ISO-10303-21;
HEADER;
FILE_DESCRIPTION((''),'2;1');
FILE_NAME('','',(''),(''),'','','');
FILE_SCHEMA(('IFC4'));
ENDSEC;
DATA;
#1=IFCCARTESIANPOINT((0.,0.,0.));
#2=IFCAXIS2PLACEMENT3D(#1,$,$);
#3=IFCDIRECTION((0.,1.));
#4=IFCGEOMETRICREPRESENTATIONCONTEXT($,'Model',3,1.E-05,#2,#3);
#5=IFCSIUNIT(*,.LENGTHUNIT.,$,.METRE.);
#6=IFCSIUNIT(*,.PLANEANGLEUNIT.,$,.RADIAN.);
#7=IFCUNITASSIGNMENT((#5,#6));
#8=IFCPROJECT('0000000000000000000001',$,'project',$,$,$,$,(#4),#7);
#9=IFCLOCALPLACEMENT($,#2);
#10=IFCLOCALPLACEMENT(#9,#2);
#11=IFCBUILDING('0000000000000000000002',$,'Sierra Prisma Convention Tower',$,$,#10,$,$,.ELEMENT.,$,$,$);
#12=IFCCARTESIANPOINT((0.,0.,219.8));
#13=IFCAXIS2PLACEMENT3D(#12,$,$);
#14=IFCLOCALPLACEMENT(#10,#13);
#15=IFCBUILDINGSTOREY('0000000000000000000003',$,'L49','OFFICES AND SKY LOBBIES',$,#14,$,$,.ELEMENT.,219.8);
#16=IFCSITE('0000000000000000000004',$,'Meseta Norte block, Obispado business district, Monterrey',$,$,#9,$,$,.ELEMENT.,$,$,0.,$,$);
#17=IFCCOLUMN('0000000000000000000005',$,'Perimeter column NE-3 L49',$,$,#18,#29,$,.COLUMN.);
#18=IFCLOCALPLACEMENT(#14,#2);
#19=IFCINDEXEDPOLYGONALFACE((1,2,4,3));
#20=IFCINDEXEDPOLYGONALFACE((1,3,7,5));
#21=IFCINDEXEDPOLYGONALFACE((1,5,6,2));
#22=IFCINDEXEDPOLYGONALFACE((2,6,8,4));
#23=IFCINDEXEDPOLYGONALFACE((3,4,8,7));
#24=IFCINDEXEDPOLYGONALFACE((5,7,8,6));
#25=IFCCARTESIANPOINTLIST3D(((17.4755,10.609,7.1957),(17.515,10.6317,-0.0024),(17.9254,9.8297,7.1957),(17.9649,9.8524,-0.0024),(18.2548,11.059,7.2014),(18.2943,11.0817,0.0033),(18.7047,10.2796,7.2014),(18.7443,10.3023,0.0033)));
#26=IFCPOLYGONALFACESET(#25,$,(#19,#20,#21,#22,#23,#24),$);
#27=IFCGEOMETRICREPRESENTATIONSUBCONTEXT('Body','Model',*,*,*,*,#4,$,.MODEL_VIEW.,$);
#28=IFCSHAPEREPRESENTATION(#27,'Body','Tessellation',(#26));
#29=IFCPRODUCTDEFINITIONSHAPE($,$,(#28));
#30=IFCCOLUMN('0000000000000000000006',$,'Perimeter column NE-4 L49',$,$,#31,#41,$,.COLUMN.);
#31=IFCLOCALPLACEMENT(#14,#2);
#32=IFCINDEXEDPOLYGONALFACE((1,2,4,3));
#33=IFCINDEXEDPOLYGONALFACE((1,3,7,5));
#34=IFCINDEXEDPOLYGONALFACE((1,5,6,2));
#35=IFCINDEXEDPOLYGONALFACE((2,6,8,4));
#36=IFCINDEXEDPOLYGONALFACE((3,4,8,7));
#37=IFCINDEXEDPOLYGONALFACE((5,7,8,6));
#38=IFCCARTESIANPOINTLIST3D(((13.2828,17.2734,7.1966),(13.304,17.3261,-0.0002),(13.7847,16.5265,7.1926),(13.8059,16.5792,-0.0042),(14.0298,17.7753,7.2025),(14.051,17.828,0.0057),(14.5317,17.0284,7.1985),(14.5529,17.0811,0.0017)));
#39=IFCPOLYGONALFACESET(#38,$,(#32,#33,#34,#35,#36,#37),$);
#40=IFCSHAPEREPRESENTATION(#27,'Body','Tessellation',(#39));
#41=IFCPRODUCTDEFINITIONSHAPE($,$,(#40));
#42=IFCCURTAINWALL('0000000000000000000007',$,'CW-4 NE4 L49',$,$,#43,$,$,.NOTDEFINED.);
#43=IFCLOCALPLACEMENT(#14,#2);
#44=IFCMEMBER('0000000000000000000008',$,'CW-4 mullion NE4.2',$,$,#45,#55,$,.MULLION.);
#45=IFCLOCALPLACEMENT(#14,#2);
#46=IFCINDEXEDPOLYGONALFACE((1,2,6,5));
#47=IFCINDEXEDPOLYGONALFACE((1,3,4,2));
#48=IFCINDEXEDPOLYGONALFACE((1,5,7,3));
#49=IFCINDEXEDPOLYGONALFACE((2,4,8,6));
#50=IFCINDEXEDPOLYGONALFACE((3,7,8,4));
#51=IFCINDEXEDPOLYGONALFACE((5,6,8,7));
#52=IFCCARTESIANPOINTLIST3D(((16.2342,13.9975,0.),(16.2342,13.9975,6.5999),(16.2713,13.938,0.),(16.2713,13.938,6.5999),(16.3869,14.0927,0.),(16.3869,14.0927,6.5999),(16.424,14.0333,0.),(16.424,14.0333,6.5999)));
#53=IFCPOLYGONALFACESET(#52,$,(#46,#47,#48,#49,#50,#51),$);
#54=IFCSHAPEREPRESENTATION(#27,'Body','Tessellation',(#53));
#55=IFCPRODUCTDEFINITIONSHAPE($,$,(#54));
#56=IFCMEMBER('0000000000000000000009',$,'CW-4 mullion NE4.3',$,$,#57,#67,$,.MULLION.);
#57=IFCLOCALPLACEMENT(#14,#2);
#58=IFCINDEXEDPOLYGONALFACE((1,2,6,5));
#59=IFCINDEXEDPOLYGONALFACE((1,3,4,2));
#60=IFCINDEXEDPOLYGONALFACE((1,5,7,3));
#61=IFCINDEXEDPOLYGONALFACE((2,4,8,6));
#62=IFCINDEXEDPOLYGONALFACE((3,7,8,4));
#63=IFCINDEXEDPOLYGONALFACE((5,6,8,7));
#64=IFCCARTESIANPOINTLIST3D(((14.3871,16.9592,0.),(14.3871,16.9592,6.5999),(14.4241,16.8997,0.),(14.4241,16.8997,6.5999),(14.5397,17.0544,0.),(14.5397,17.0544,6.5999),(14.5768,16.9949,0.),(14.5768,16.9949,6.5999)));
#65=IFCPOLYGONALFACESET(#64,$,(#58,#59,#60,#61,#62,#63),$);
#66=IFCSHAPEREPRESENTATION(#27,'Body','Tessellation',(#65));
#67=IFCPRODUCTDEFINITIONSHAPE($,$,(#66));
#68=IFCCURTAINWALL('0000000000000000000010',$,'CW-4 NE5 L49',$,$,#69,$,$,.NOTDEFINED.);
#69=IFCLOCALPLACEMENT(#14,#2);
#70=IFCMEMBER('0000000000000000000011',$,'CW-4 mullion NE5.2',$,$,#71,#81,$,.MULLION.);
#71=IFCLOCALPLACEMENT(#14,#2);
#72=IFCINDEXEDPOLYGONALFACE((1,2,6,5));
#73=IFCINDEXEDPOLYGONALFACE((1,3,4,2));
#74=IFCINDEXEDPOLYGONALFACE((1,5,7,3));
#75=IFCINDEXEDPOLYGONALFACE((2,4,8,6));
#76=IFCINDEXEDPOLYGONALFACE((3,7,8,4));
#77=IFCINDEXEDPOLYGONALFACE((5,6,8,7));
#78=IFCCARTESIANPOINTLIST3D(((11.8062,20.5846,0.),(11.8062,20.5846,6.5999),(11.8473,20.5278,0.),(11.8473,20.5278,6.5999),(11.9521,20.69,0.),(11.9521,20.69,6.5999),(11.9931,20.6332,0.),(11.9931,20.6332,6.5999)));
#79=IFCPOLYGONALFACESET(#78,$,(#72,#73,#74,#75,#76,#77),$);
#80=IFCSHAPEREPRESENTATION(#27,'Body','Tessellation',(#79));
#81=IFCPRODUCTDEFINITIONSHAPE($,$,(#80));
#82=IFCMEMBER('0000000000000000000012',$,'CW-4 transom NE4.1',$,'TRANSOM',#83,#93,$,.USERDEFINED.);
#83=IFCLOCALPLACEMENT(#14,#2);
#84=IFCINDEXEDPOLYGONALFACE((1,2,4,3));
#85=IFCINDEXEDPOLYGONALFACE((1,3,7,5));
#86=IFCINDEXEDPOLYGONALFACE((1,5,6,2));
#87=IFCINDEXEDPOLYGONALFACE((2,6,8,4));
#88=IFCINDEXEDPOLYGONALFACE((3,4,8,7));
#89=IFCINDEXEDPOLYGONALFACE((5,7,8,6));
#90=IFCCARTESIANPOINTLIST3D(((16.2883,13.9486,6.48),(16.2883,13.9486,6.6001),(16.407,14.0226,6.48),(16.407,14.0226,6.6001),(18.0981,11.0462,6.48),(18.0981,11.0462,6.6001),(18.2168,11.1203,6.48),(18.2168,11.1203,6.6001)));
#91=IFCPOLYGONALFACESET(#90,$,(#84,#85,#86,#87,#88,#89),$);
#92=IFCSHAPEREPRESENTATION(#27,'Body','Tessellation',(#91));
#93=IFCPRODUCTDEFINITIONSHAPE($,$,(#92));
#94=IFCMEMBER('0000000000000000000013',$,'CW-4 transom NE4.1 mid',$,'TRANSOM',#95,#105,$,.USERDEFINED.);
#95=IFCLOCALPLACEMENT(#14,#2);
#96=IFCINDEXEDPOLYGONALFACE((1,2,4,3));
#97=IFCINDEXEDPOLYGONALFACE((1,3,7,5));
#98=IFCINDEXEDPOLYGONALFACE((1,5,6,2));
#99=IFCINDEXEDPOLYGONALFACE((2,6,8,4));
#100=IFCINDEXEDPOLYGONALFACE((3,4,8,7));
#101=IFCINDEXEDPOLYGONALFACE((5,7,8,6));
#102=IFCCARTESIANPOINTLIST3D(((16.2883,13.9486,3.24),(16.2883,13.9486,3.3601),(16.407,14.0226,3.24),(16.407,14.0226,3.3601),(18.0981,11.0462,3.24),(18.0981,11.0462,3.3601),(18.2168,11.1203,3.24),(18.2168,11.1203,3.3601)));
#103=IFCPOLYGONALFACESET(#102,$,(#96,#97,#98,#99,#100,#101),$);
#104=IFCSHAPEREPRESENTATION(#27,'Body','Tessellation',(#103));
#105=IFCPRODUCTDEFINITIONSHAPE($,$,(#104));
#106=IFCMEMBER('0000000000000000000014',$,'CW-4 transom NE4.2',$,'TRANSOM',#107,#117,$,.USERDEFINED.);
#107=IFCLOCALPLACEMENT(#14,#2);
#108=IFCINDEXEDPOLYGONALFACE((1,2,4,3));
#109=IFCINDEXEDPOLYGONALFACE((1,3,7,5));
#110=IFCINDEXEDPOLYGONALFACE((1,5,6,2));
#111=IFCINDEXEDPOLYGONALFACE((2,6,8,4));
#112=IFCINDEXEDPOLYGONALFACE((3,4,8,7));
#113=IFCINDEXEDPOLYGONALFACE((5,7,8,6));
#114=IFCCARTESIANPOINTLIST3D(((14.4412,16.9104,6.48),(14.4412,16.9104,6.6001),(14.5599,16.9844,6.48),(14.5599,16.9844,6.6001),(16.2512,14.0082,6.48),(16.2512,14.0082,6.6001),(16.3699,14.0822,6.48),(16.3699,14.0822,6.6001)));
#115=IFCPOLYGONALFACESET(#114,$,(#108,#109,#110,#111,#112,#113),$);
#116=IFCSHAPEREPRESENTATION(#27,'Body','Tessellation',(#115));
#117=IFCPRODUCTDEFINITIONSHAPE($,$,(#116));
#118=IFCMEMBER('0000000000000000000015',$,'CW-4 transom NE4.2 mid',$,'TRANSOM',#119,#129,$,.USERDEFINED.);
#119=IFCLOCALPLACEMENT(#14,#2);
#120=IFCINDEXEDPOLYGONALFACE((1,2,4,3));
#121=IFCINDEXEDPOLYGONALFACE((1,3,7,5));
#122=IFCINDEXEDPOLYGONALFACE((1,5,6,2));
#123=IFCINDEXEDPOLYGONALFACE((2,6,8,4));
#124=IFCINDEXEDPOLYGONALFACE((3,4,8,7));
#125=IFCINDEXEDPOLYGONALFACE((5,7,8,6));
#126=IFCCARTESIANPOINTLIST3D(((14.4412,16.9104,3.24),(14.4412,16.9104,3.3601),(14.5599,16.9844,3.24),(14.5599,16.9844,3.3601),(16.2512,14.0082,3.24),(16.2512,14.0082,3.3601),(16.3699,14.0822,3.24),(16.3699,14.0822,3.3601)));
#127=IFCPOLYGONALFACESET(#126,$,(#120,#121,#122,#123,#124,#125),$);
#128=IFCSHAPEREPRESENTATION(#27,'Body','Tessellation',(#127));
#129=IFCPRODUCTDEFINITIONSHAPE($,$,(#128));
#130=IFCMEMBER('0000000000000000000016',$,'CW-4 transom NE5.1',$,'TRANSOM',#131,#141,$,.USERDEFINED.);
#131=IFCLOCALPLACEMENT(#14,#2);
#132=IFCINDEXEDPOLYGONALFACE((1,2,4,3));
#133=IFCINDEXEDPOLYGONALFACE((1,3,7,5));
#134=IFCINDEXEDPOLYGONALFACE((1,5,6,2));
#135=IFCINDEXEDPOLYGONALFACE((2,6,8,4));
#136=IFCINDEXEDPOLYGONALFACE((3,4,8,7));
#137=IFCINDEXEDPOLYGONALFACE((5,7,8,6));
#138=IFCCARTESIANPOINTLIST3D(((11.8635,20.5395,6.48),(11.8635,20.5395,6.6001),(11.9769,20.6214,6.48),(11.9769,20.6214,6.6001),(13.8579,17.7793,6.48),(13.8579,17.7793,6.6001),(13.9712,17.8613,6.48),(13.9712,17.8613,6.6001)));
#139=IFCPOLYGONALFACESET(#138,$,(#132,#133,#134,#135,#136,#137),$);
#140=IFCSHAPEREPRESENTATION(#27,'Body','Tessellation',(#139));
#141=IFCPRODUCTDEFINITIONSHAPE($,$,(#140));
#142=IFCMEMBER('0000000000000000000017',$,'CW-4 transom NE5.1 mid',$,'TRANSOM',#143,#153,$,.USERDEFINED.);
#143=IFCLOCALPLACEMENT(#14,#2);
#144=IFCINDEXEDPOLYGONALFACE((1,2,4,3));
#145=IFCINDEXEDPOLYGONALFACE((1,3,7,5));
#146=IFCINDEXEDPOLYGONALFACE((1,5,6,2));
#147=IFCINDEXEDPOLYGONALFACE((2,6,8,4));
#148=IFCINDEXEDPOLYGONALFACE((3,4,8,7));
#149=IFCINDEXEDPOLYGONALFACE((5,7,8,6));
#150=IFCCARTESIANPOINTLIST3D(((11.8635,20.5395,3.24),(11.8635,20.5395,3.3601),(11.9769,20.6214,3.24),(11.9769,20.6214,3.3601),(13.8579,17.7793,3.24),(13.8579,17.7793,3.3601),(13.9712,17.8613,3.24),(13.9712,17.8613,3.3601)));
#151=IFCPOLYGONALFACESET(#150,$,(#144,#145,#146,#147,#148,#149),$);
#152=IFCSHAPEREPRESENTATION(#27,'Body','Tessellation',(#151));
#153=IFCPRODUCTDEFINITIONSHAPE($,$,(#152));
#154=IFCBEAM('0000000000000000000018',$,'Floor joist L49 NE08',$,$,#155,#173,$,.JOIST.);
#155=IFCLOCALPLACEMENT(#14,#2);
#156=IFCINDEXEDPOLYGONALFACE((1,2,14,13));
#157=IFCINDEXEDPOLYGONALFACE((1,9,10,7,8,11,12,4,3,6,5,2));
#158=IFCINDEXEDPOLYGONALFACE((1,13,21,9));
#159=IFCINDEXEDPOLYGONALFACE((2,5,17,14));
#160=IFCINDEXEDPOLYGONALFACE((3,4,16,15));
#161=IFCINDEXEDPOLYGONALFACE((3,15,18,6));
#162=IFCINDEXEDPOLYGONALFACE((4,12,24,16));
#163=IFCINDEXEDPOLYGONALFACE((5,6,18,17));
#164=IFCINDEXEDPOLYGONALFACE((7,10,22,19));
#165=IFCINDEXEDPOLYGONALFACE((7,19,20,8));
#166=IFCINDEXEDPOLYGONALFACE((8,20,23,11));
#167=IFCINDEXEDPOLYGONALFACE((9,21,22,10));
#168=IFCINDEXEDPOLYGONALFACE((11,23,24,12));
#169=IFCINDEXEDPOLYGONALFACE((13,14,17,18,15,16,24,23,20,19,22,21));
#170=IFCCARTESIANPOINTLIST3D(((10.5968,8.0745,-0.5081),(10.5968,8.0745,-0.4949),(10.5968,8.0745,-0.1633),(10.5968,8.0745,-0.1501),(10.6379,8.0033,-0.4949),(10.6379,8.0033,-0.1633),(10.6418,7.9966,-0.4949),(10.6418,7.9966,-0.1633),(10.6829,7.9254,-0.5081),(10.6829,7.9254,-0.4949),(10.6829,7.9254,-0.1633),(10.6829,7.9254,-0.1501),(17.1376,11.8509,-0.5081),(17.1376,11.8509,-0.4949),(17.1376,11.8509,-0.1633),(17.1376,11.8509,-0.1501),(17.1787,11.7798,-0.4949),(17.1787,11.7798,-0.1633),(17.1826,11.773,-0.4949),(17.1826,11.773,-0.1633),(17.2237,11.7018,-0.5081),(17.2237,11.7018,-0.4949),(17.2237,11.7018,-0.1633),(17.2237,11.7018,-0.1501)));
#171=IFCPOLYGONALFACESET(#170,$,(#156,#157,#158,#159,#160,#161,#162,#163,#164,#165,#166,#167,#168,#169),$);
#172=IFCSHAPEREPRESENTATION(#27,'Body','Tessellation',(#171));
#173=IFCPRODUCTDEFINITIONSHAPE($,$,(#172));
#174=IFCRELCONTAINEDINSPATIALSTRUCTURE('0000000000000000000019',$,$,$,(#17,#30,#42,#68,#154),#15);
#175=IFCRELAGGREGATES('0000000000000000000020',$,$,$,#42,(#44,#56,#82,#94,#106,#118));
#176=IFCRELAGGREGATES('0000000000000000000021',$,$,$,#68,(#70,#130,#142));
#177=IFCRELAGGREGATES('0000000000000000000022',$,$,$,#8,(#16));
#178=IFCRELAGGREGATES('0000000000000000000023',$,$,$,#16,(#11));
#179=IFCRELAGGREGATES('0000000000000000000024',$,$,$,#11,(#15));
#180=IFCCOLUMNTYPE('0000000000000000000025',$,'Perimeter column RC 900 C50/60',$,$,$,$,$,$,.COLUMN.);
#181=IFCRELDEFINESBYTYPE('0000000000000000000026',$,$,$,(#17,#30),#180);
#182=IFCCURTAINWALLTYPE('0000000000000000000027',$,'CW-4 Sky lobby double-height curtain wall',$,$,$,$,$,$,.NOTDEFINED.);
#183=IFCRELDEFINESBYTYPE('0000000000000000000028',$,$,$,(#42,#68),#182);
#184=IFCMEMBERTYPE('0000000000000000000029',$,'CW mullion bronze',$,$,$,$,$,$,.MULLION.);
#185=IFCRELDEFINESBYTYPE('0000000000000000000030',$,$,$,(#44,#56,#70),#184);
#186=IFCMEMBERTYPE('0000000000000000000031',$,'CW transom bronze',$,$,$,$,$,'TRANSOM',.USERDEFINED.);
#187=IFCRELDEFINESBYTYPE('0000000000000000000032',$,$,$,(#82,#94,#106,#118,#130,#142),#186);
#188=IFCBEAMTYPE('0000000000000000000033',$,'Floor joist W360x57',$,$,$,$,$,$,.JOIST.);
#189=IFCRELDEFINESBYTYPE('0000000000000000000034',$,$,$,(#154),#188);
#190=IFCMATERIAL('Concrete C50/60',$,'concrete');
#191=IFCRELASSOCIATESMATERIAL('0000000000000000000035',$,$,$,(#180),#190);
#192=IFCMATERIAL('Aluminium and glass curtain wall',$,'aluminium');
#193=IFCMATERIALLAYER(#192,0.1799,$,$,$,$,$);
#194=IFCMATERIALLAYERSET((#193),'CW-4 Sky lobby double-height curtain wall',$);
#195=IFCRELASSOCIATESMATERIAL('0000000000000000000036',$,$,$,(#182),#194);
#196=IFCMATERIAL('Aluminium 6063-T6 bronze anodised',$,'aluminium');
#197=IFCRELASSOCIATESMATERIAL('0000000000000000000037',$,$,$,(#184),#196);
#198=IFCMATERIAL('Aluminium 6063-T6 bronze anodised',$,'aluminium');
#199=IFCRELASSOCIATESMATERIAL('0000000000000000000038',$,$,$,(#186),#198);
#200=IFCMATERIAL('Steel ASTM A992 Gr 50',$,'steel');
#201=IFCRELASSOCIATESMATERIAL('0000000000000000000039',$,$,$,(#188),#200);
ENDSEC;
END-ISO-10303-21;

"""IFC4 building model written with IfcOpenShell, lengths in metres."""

from ifc_helpers import new_model, si_unit, direction, frame, origin, origin_2d, place, context, subcontext, project, spatial, rectangle, i_section, extrude, clip, halfspace, material, layer, layer_set, material_profile, profile_set, type_object, element, aggregate, save


model = new_model("IFC4")

# Units and contexts
model_context = context("Model", 3, precision=1e-05, world=origin(), true_north=direction((0.0, 1.0)))
body_context = subcontext(model_context, "Body", "Model", "MODEL_VIEW")
ifc_project = project(units=[si_unit("LENGTHUNIT", "METRE"), si_unit("PLANEANGLEUNIT", "RADIAN")], contexts=[model_context])

# Site, building, storey
site_placement = place(None, origin())
site = spatial("IfcSite", under=ifc_project, at=site_placement, Name="Meseta Norte block, Obispado business district, Monterrey", CompositionType="ELEMENT", RefElevation=0.0)
building_placement = place(site_placement, origin())
building = spatial("IfcBuilding", under=site, at=building_placement, Name="Sierra Prisma Convention Tower", CompositionType="ELEMENT")
storey_placement = place(building_placement, frame((0.0, 0.0, 219.8)))
storey = spatial("IfcBuildingStorey", under=building, at=storey_placement, Name="L49", Description="OFFICES AND SKY LOBBIES", CompositionType="ELEMENT", Elevation=219.8)

# Columns
ifc_material_1 = material(Name="Concrete C50/60", Category="concrete")
ifc_material_profile_1 = material_profile(ifc_material_1, rectangle(XDim=0.8999, YDim=0.8999, at=origin_2d()), Name="Perimeter column RC 900 C50/60")
ifc_profile_set_1 = profile_set([ifc_material_profile_1], Name="Concrete C50/60")
column_type = type_object("IfcColumnType", Name="Perimeter column RC 900 C50/60", PredefinedType="COLUMN", material=ifc_profile_set_1)
column_1_placement = place(storey_placement, frame((18.1296, 10.467, 0.0), z_axis=(-0.005493, -0.003153, 0.99998), x_axis=(-0.499992, 0.86603, -0.000016)))
element("IfcColumn", 1, at=column_1_placement, inside=storey, type_object=column_type, Name="Perimeter column NE-3 L49", PredefinedType="COLUMN", context=body_context, shape_type="SweptSolid", body=[
    clip(clip(extrude(rectangle(XDim=0.8999, YDim=0.8999, at=origin_2d()), origin(), (0.0, 0.0, 1.0), 7.2002), halfspace(frame((0.0, 0.0, 0.0005)), True)), halfspace(frame((0.0, 0.0, 7.1987)), False)),
])
column_2_placement = place(storey_placement, frame((13.9285, 17.2036, 0.0), z_axis=(-0.00295, -0.007324, 0.999969), x_axis=(-0.557725, 0.830014, 0.004434)))
element("IfcColumn", 2, at=column_2_placement, inside=storey, type_object=column_type, Name="Perimeter column NE-4 L49", PredefinedType="COLUMN", context=body_context, shape_type="SweptSolid", body=[
    clip(clip(extrude(rectangle(XDim=0.8999, YDim=0.8999, at=origin_2d()), origin(), (0.0, 0.0, 1.0), 7.2002), halfspace(frame((0.0, 0.0, 0.0007)), True)), halfspace(frame((0.0, 0.0, 7.1978)), False)),
])

# Curtain wall, members
ifc_material_2 = material(Name="Aluminium and glass curtain wall", Category="aluminium")
ifc_layer_1 = layer(ifc_material_2, 0.1799)
ifc_layer_set_1 = layer_set([ifc_layer_1], Name="CW-4 Sky lobby double-height curtain wall")
curtain_wall_type = type_object("IfcCurtainWallType", Name="CW-4 Sky lobby double-height curtain wall", PredefinedType="NOTDEFINED", material=ifc_layer_set_1)
curtain_wall_1_placement = place(storey_placement, origin())
curtain_wall_1 = element("IfcCurtainWall", 3, at=curtain_wall_1_placement, inside=storey, type_object=curtain_wall_type, Name="CW-4 NE4 L49", PredefinedType="NOTDEFINED")
ifc_material_3 = material(Name="Aluminium 6063-T6 bronze anodised", Category="aluminium")
ifc_material_profile_2 = material_profile(ifc_material_3, rectangle(XDim=0.1799, YDim=0.0701, at=origin_2d()), Name="ALU MULLION 70x180")
ifc_profile_set_2 = profile_set([ifc_material_profile_2], Name="Aluminium 6063-T6 bronze anodised")
member_type_1 = type_object("IfcMemberType", Name="CW mullion bronze", PredefinedType="MULLION", material=ifc_profile_set_2)
member_1_placement = place(storey_placement, frame((16.3291, 14.0154, 0.0), z_axis=(0.0, 0.0, 1.0), x_axis=(-0.848516, -0.52917, 0.0)))
member_1 = element("IfcMember", 4, at=member_1_placement, type_object=member_type_1, Name="CW-4 mullion NE4.2", PredefinedType="MULLION", context=body_context, shape_type="SweptSolid", body=[
    extrude(rectangle(XDim=0.1799, YDim=0.0701, at=origin_2d()), origin(), (0.0, 0.0, 1.0), 6.5999),
])
member_2_placement = place(storey_placement, frame((14.4819, 16.9771, 0.0), z_axis=(0.0, 0.0, 1.0), x_axis=(-0.848516, -0.52917, 0.0)))
member_2 = element("IfcMember", 5, at=member_2_placement, type_object=member_type_1, Name="CW-4 mullion NE4.3", PredefinedType="MULLION", context=body_context, shape_type="SweptSolid", body=[
    extrude(rectangle(XDim=0.1799, YDim=0.0701, at=origin_2d()), origin(), (0.0, 0.0, 1.0), 6.5999),
])

# Curtain wall, member
curtain_wall_2_placement = place(storey_placement, origin())
curtain_wall_2 = element("IfcCurtainWall", 6, at=curtain_wall_2_placement, inside=storey, type_object=curtain_wall_type, Name="CW-4 NE5 L49", PredefinedType="NOTDEFINED")
member_3_placement = place(storey_placement, frame((11.8997, 20.6089, 0.0), z_axis=(0.0, 0.0, 1.0), x_axis=(-0.810572, -0.58564, 0.0)))
member_3 = element("IfcMember", 7, at=member_3_placement, type_object=member_type_1, Name="CW-4 mullion NE5.2", PredefinedType="MULLION", context=body_context, shape_type="SweptSolid", body=[
    extrude(rectangle(XDim=0.1799, YDim=0.0701, at=origin_2d()), origin(), (0.0, 0.0, 1.0), 6.5999),
])

# Members
ifc_material_4 = material(Name="Aluminium 6063-T6 bronze anodised", Category="aluminium")
ifc_material_profile_3 = material_profile(ifc_material_4, rectangle(XDim=0.1399, YDim=0.1201, at=origin_2d()), Name="ALU TRANSOM 120x140")
ifc_profile_set_3 = profile_set([ifc_material_profile_3], Name="Aluminium 6063-T6 bronze anodised")
member_type_2 = type_object("IfcMemberType", Name="CW transom bronze", ElementType="TRANSOM", PredefinedType="USERDEFINED", material=ifc_profile_set_3)
member_4_placement = place(storey_placement, frame((18.1575, 11.0833, 6.54), z_axis=(-0.529126, 0.848543, 0.0), x_axis=(-0.848543, -0.529126, 0.0)))
member_4 = element("IfcMember", 8, at=member_4_placement, type_object=member_type_2, Name="CW-4 transom NE4.1", ObjectType="TRANSOM", PredefinedType="USERDEFINED", context=body_context, shape_type="SweptSolid", body=[
    extrude(rectangle(XDim=0.1399, YDim=0.1201, at=origin_2d()), origin(), (0.0, 0.0, 1.0), 3.4204),
])
member_5_placement = place(storey_placement, frame((18.1575, 11.0833, 3.3), z_axis=(-0.529126, 0.848543, 0.0), x_axis=(-0.848543, -0.529126, 0.0)))
member_5 = element("IfcMember", 9, at=member_5_placement, type_object=member_type_2, Name="CW-4 transom NE4.1 mid", ObjectType="TRANSOM", PredefinedType="USERDEFINED", context=body_context, shape_type="SweptSolid", body=[
    extrude(rectangle(XDim=0.1399, YDim=0.1201, at=origin_2d()), origin(), (0.0, 0.0, 1.0), 3.4204),
])
member_6_placement = place(storey_placement, frame((16.3105, 14.0452, 6.54), z_axis=(-0.529177, 0.848511, 0.0), x_axis=(-0.848511, -0.529177, 0.0)))
member_6 = element("IfcMember", 10, at=member_6_placement, type_object=member_type_2, Name="CW-4 transom NE4.2", ObjectType="TRANSOM", PredefinedType="USERDEFINED", context=body_context, shape_type="SweptSolid", body=[
    extrude(rectangle(XDim=0.1399, YDim=0.1201, at=origin_2d()), origin(), (0.0, 0.0, 1.0), 3.4204),
])
member_7_placement = place(storey_placement, frame((16.3105, 14.0452, 3.3), z_axis=(-0.529177, 0.848511, 0.0), x_axis=(-0.848511, -0.529177, 0.0)))
member_7 = element("IfcMember", 11, at=member_7_placement, type_object=member_type_2, Name="CW-4 transom NE4.2 mid", ObjectType="TRANSOM", PredefinedType="USERDEFINED", context=body_context, shape_type="SweptSolid", body=[
    extrude(rectangle(XDim=0.1399, YDim=0.1201, at=origin_2d()), origin(), (0.0, 0.0, 1.0), 3.4204),
])
member_8_placement = place(storey_placement, frame((13.9146, 17.8203, 6.54), z_axis=(-0.585658, 0.810558, 0.0), x_axis=(-0.810558, -0.585658, 0.0)))
member_8 = element("IfcMember", 12, at=member_8_placement, type_object=member_type_2, Name="CW-4 transom NE5.1", ObjectType="TRANSOM", PredefinedType="USERDEFINED", context=body_context, shape_type="SweptSolid", body=[
    extrude(rectangle(XDim=0.1399, YDim=0.1201, at=origin_2d()), origin(), (0.0, 0.0, 1.0), 3.4053),
])
member_9_placement = place(storey_placement, frame((13.9146, 17.8203, 3.3), z_axis=(-0.585658, 0.810558, 0.0), x_axis=(-0.810558, -0.585658, 0.0)))
member_9 = element("IfcMember", 13, at=member_9_placement, type_object=member_type_2, Name="CW-4 transom NE5.1 mid", ObjectType="TRANSOM", PredefinedType="USERDEFINED", context=body_context, shape_type="SweptSolid", body=[
    extrude(rectangle(XDim=0.1399, YDim=0.1201, at=origin_2d()), origin(), (0.0, 0.0, 1.0), 3.4053),
])

# Beam
ifc_material_5 = material(Name="Steel ASTM A992 Gr 50", Category="steel")
ifc_material_profile_4 = material_profile(ifc_material_5, i_section(OverallWidth=0.1721, OverallDepth=0.3579, WebThickness=0.0078, FlangeThickness=0.0132, at=origin_2d()), Name="W360x57")
ifc_profile_set_4 = profile_set([ifc_material_profile_4], Name="Steel ASTM A992 Gr 50")
beam_type_1 = type_object("IfcBeamType", Name="Floor joist W360x57", PredefinedType="JOIST", material=ifc_profile_set_4)
beam_1_placement = place(storey_placement, frame((17.1807, 11.7764, -0.3291), z_axis=(-0.866022, -0.500005, 0.0), x_axis=(0.500005, -0.866022, 0.0)))
element("IfcBeam", 14, at=beam_1_placement, inside=storey, type_object=beam_type_1, Name="Floor joist L49 NE08", PredefinedType="JOIST", context=body_context, shape_type="SweptSolid", body=[
    extrude(i_section(OverallWidth=0.1721, OverallDepth=0.3579, WebThickness=0.0078, FlangeThickness=0.0132, at=origin_2d()), origin(), (0.0, 0.0, 1.0), 7.5527),
])

aggregate(curtain_wall_1, [member_1, member_2, member_4, member_5, member_6, member_7])
aggregate(curtain_wall_2, [member_3, member_8, member_9])

save(model, "model.ifc")
